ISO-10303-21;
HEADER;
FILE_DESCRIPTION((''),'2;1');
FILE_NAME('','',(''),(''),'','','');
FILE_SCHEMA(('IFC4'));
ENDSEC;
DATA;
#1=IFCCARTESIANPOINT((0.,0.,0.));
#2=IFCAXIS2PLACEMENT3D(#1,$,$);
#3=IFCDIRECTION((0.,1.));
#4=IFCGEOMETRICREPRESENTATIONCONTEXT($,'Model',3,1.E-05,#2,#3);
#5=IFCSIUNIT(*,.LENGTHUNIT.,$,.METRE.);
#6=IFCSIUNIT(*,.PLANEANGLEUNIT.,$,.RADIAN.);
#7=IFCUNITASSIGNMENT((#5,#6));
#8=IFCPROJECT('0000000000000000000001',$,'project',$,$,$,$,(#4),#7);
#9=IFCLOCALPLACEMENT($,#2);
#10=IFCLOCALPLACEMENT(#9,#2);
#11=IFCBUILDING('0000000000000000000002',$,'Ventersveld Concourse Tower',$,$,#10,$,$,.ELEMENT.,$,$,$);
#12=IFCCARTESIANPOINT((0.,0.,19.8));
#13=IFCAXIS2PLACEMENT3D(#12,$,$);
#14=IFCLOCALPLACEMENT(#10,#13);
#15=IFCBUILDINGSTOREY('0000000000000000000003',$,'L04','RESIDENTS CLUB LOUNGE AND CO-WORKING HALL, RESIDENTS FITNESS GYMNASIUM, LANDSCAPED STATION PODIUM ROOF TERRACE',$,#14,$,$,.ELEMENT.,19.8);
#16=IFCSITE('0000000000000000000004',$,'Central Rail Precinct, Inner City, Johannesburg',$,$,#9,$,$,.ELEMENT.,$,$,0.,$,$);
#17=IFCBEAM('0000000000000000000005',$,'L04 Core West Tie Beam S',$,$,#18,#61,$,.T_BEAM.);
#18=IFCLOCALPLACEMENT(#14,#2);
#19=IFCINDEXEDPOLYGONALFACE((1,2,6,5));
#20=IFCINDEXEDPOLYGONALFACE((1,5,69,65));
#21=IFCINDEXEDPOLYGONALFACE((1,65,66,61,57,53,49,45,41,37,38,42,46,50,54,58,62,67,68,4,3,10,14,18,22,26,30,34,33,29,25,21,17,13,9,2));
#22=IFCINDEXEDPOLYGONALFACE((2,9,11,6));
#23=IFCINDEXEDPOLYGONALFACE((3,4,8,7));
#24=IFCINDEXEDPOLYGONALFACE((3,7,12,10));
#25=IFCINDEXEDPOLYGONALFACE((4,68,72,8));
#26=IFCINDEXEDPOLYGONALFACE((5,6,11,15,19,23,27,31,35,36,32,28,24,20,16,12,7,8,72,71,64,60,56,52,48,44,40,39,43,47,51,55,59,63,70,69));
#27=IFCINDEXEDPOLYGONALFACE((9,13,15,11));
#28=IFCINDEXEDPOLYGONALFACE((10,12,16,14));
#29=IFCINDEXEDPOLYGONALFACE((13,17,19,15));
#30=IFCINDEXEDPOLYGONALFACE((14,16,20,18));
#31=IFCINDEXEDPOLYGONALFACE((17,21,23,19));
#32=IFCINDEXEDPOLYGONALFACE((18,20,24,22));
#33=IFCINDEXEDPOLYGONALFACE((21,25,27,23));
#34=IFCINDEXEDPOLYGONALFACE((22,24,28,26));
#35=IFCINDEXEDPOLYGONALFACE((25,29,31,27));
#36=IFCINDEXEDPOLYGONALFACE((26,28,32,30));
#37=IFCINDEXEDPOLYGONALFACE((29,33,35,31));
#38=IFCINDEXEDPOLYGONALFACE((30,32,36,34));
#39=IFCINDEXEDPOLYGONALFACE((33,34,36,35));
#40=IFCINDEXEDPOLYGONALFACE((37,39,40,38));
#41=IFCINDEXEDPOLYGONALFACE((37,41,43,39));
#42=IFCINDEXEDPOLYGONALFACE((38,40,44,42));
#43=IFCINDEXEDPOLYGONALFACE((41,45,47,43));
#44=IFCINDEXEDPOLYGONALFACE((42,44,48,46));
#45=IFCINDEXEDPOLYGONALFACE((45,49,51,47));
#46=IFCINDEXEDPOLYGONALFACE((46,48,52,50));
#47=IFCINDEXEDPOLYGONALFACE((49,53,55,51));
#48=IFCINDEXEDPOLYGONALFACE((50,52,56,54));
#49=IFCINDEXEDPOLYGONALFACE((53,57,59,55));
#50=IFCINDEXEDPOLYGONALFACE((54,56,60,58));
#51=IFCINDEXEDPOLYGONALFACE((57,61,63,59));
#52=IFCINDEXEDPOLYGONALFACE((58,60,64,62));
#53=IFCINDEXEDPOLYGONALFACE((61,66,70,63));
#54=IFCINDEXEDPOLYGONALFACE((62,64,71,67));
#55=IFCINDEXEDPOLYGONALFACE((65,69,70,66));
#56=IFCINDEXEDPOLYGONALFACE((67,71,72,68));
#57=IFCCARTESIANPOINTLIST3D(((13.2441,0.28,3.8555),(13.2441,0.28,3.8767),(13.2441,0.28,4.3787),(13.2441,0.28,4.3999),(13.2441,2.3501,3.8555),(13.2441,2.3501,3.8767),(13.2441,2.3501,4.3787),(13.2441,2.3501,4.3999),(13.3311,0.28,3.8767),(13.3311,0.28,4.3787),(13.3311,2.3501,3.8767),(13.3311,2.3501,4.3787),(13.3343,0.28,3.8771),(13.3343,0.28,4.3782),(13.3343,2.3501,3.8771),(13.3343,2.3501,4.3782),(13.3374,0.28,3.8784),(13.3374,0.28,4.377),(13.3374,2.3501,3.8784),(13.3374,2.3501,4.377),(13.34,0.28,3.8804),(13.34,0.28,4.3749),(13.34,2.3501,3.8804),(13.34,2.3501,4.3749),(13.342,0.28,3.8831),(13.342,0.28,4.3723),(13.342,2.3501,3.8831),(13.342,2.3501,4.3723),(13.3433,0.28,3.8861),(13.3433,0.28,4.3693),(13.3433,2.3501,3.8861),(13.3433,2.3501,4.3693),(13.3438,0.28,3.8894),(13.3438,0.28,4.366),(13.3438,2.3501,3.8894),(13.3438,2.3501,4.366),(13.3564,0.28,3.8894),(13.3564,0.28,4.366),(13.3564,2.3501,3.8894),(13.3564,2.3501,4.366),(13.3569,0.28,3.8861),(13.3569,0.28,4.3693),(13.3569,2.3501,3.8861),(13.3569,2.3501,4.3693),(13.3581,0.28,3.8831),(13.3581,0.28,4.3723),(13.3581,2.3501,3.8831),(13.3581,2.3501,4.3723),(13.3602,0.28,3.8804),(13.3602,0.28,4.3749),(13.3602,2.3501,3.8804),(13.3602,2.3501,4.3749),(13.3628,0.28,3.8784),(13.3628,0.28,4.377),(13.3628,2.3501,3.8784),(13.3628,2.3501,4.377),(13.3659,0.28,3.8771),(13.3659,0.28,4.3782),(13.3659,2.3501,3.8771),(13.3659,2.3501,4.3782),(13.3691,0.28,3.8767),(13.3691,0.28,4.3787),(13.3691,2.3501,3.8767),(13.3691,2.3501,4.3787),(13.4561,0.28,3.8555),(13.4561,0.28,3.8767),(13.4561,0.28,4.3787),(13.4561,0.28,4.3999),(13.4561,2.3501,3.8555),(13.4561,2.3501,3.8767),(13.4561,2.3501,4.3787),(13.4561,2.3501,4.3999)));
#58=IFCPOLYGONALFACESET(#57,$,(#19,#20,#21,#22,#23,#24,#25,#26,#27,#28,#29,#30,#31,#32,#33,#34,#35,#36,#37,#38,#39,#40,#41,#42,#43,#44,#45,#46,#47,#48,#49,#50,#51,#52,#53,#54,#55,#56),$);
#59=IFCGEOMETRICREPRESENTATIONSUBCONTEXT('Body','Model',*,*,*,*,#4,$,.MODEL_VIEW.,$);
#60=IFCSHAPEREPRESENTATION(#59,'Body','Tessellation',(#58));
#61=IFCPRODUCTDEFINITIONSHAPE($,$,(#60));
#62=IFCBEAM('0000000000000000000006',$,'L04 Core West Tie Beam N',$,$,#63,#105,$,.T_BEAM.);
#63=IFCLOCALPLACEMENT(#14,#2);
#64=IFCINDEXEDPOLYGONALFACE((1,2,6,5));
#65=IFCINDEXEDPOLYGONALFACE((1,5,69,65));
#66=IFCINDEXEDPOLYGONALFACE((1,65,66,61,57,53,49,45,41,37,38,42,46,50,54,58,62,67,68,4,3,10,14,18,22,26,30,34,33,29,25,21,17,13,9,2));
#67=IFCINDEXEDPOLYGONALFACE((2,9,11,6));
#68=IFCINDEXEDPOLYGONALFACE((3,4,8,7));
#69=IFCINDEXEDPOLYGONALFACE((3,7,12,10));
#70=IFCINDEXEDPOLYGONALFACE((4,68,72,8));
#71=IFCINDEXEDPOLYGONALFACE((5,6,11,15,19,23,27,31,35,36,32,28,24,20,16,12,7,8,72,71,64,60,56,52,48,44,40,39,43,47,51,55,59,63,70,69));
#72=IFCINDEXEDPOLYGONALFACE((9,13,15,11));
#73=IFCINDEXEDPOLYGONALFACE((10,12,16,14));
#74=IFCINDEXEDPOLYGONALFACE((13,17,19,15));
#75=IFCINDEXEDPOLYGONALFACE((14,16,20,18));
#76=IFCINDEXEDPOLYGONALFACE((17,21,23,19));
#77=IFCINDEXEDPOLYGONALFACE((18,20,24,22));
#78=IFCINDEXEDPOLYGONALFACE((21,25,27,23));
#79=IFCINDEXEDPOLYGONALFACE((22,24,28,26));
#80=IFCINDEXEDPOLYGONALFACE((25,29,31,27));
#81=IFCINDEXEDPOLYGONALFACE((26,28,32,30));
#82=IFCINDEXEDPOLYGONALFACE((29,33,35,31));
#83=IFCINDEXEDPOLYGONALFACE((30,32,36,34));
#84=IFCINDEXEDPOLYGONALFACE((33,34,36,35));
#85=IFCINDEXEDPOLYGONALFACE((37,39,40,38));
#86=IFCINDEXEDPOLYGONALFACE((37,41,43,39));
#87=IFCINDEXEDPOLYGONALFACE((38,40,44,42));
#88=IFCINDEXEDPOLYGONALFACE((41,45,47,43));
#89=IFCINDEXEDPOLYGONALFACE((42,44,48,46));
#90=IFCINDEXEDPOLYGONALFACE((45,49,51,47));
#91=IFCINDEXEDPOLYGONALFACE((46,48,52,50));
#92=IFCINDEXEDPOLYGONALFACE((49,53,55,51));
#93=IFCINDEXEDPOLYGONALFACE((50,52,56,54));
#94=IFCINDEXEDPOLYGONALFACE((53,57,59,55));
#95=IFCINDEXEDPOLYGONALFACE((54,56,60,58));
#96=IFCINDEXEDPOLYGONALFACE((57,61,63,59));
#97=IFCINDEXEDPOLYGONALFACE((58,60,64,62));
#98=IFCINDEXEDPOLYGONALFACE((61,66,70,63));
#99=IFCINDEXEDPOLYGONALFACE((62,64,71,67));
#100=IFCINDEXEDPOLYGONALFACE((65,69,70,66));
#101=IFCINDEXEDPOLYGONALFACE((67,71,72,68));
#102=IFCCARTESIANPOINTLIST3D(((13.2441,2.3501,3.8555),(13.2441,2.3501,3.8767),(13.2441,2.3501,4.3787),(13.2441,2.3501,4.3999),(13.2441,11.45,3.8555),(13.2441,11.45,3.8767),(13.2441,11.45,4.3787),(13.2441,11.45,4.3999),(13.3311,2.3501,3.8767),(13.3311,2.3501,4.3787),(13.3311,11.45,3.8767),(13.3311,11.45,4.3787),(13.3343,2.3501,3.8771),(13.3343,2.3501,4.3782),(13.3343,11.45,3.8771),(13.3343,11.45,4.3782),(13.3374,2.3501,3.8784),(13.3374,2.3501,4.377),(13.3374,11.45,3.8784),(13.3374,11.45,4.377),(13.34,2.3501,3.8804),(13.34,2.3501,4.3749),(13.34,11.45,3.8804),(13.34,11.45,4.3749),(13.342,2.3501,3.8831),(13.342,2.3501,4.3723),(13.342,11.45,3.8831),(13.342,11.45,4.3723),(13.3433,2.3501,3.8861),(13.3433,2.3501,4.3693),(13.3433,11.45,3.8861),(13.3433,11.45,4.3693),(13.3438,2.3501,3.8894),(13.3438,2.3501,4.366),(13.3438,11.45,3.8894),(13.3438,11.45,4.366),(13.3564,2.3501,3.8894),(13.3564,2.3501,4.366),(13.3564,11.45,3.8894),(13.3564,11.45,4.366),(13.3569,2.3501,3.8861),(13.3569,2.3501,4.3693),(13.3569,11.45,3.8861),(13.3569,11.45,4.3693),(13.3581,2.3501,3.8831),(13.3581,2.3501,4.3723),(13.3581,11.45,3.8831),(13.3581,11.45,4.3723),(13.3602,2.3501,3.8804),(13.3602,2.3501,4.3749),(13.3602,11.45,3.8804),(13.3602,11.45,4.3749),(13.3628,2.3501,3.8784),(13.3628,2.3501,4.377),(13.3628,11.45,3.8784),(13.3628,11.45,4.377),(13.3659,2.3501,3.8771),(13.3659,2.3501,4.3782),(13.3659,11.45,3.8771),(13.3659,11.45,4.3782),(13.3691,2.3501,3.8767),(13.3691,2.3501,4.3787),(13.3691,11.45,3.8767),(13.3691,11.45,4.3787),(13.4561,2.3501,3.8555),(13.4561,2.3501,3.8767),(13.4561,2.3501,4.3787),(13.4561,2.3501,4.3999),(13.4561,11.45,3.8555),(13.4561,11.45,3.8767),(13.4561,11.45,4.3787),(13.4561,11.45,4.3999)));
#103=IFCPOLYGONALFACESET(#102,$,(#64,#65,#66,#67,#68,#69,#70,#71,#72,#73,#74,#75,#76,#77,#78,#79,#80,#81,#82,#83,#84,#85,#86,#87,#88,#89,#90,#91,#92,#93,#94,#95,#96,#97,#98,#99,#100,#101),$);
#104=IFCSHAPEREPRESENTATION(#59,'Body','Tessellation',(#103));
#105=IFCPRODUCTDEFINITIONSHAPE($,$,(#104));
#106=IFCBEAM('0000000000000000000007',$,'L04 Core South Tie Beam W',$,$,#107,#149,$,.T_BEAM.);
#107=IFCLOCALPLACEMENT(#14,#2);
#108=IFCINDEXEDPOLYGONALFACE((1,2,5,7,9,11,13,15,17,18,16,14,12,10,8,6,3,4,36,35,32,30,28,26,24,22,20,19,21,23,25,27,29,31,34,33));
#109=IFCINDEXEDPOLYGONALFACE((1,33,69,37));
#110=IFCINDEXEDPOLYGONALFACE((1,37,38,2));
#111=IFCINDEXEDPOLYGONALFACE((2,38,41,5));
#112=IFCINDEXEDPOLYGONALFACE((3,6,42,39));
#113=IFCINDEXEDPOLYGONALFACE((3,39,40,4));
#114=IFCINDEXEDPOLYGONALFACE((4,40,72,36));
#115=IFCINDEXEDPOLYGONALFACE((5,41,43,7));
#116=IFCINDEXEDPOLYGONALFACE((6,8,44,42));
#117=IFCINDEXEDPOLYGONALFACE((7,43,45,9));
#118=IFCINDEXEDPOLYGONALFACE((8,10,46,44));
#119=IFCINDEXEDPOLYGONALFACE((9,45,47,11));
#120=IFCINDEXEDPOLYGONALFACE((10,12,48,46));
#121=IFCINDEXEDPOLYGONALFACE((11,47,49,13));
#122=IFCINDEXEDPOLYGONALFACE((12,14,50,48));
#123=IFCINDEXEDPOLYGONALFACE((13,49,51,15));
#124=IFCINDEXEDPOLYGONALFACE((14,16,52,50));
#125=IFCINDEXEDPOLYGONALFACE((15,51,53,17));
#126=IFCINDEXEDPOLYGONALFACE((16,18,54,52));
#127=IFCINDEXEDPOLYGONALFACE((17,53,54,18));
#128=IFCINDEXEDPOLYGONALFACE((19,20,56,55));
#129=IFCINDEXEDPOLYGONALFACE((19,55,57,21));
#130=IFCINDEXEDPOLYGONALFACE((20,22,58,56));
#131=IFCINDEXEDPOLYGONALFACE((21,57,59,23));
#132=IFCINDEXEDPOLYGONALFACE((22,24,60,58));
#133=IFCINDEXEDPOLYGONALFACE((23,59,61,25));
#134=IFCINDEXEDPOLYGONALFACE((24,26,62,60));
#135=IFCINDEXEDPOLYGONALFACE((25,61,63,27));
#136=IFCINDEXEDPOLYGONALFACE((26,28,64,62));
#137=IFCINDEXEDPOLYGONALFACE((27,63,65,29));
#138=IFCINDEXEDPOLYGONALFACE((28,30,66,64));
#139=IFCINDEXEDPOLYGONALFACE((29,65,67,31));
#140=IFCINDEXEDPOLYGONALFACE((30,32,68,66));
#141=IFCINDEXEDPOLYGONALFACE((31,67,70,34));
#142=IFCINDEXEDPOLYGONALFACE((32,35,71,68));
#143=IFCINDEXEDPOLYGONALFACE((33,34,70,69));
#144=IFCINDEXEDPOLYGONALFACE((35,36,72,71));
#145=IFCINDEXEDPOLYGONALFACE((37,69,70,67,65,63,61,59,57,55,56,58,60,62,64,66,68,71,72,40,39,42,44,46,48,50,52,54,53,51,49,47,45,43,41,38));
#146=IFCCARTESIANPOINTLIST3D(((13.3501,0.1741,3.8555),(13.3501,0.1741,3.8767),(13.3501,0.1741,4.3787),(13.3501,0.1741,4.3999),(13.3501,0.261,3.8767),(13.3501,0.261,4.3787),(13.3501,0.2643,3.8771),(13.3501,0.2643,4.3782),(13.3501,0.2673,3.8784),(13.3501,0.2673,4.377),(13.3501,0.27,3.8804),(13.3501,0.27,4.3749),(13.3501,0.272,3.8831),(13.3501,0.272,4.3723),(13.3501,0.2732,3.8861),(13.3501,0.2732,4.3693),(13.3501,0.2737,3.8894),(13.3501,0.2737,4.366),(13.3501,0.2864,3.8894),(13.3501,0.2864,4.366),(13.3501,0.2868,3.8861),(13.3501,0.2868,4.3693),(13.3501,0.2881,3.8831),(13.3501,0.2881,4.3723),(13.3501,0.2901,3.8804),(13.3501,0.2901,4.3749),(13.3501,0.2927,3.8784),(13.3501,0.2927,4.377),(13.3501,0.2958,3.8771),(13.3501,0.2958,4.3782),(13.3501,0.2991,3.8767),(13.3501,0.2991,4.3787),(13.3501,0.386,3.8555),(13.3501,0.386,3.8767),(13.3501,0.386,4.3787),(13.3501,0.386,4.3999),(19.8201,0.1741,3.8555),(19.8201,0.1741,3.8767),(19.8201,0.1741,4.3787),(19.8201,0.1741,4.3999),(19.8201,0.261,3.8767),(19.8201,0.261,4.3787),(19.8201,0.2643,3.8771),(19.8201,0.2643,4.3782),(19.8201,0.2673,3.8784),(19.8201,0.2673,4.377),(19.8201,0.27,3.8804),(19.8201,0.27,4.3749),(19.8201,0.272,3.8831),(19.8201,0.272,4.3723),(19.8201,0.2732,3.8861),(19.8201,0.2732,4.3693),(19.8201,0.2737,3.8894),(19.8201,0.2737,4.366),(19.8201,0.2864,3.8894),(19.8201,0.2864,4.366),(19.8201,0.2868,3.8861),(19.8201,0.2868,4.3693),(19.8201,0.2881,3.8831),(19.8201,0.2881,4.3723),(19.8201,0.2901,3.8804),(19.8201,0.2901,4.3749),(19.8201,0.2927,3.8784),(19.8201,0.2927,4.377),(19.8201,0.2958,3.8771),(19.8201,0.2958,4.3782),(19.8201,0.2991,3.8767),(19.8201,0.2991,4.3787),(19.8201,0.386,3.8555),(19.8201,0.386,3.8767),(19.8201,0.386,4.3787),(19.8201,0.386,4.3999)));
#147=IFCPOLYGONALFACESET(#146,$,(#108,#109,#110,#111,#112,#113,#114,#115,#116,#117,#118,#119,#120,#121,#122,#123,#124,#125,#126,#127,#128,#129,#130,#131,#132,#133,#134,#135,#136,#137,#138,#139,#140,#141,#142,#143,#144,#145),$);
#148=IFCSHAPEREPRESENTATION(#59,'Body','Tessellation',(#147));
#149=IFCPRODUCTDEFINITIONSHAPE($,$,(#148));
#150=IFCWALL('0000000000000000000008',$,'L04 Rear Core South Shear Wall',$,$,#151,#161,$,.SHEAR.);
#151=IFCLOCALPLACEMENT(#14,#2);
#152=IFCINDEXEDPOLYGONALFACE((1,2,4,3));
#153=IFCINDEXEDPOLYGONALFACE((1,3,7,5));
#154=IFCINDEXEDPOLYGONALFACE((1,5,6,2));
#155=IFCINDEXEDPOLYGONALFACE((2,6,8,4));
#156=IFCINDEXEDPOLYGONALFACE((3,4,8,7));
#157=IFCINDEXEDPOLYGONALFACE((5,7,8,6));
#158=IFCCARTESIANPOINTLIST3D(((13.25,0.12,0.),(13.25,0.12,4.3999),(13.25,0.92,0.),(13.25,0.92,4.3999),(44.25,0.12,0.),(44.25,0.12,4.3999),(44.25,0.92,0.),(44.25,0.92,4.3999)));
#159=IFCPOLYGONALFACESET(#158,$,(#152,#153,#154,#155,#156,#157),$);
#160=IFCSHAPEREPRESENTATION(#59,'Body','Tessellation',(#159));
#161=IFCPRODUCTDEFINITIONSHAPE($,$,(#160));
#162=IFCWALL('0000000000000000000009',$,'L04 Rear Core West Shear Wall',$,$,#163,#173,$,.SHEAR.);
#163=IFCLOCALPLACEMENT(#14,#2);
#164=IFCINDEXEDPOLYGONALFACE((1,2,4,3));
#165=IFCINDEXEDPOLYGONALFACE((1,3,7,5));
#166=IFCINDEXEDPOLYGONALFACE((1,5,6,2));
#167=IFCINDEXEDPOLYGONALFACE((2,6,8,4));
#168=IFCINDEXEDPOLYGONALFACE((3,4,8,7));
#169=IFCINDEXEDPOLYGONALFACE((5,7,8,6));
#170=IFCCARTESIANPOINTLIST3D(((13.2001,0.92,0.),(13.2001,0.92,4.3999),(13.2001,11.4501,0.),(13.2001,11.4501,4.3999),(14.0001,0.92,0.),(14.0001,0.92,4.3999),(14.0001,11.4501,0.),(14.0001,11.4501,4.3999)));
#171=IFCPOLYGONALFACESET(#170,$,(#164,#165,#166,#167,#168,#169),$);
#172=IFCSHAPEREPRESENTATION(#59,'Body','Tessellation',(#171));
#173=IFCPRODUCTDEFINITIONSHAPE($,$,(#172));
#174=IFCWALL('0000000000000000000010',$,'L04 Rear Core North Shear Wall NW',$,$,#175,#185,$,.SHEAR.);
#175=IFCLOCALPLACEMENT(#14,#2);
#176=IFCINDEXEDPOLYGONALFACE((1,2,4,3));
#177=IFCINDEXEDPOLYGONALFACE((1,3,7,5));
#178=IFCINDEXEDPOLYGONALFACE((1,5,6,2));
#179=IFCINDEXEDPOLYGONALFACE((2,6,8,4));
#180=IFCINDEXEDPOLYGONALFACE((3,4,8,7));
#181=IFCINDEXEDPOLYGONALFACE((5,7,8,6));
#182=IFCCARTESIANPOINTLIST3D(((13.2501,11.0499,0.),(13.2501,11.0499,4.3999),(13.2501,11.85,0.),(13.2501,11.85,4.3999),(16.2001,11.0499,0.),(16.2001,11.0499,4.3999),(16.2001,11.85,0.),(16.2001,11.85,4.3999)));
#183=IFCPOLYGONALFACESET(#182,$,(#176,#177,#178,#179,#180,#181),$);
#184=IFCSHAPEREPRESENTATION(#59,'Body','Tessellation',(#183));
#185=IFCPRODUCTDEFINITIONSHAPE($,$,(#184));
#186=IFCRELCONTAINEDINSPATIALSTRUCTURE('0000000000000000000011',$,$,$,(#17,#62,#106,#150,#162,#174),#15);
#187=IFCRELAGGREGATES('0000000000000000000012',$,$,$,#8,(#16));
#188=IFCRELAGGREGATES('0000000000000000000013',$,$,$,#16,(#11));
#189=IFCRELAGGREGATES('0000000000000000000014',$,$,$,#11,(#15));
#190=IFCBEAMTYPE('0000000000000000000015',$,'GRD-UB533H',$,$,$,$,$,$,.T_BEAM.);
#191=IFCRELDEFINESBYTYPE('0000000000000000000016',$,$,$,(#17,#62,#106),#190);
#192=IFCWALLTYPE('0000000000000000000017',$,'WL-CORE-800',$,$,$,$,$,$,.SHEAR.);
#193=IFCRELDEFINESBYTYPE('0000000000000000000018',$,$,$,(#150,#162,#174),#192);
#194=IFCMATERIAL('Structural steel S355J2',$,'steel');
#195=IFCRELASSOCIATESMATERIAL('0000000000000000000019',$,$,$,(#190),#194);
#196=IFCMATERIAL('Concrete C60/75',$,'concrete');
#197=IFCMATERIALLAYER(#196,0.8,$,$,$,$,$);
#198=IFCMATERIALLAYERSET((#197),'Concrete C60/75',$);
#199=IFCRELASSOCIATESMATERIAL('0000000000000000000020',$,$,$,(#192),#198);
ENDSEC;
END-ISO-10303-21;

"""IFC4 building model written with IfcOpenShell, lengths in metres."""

from ifc_helpers import new_model, si_unit, direction, frame, frame_2d, origin, origin_2d, place, context, subcontext, project, spatial, rectangle, i_section, extrude, material, layer, layer_set, material_profile, profile_set, type_object, element, save


model = new_model("IFC4")

# Units and contexts
model_context = context("Model", 3, precision=1e-05, world=origin(), true_north=direction((0.0, 1.0)))
body_context = subcontext(model_context, "Body", "Model", "MODEL_VIEW")
ifc_project = project(units=[si_unit("LENGTHUNIT", "METRE"), si_unit("PLANEANGLEUNIT", "RADIAN")], contexts=[model_context])

# Site, building, storey
site_placement = place(None, origin())
site = spatial("IfcSite", under=ifc_project, at=site_placement, Name="Central Rail Precinct, Inner City, Johannesburg", CompositionType="ELEMENT", RefElevation=0.0)
building_placement = place(site_placement, origin())
building = spatial("IfcBuilding", under=site, at=building_placement, Name="Ventersveld Concourse Tower", CompositionType="ELEMENT")
storey_placement = place(building_placement, frame((0.0, 0.0, 19.8)))
storey = spatial("IfcBuildingStorey", under=building, at=storey_placement, Name="L04", Description="RESIDENTS CLUB LOUNGE AND CO-WORKING HALL, RESIDENTS FITNESS GYMNASIUM, LANDSCAPED STATION PODIUM ROOF TERRACE", CompositionType="ELEMENT", Elevation=19.8)

# Shared definitions
ifc_material_1 = material(Name="Concrete C60/75", Category="concrete")

# Beams
ifc_material_2 = material(Name="Structural steel S355J2", Category="steel")
ifc_material_profile_1 = material_profile(ifc_material_2, i_section(OverallWidth=0.2119, OverallDepth=0.5444, WebThickness=0.0127, FlangeThickness=0.0212, FilletRadius=0.0127, at=origin_2d()), Name="UB 533x210x122")
ifc_profile_set_1 = profile_set([ifc_material_profile_1], Name="Structural steel S355J2")
beam_type_1 = type_object("IfcBeamType", Name="GRD-UB533H", PredefinedType="T_BEAM", material=ifc_profile_set_1)
beam_1_placement = place(storey_placement, frame((13.3501, 0.28, 4.1277), z_axis=(0.0, 1.0, 0.0), x_axis=(-1.0, 0.0, 0.0)))
element("IfcBeam", 1, at=beam_1_placement, inside=storey, type_object=beam_type_1, Name="L04 Core West Tie Beam S", PredefinedType="T_BEAM", context=body_context, shape_type="SweptSolid", body=[
    extrude(i_section(OverallWidth=0.2119, OverallDepth=0.5444, WebThickness=0.0127, FlangeThickness=0.0212, FilletRadius=0.0127, at=origin_2d()), origin(), (0.0, 0.0, 1.0), 2.0701),
])
beam_2_placement = place(storey_placement, frame((13.3501, 2.3501, 4.1277), z_axis=(0.0, 1.0, 0.0), x_axis=(-1.0, 0.0, 0.0)))
element("IfcBeam", 2, at=beam_2_placement, inside=storey, type_object=beam_type_1, Name="L04 Core West Tie Beam N", PredefinedType="T_BEAM", context=body_context, shape_type="SweptSolid", body=[
    extrude(i_section(OverallWidth=0.2119, OverallDepth=0.5444, WebThickness=0.0127, FlangeThickness=0.0212, FilletRadius=0.0127, at=origin_2d()), origin(), (0.0, 0.0, 1.0), 9.0999),
])
beam_3_placement = place(storey_placement, frame((13.3501, 0.28, 4.1277), z_axis=(1.0, 0.0, 0.0), x_axis=(0.0, 1.0, 0.0)))
element("IfcBeam", 3, at=beam_3_placement, inside=storey, type_object=beam_type_1, Name="L04 Core South Tie Beam W", PredefinedType="T_BEAM", context=body_context, shape_type="SweptSolid", body=[
    extrude(i_section(OverallWidth=0.2119, OverallDepth=0.5444, WebThickness=0.0127, FlangeThickness=0.0212, FilletRadius=0.0127, at=origin_2d()), origin(), (0.0, 0.0, 1.0), 6.47),
])

# Walls
ifc_layer_1 = layer(ifc_material_1, 0.8)
ifc_layer_set_1 = layer_set([ifc_layer_1], Name="Concrete C60/75")
wall_type_1 = type_object("IfcWallType", Name="WL-CORE-800", PredefinedType="SHEAR", material=ifc_layer_set_1)
wall_1_placement = place(storey_placement, frame((13.25, 0.52, 0.0), z_axis=(0.0, 0.0, 1.0), x_axis=(1.0, 0.0, 0.0)))
element("IfcWall", 4, at=wall_1_placement, inside=storey, type_object=wall_type_1, Name="L04 Rear Core South Shear Wall", PredefinedType="SHEAR", context=body_context, shape_type="SweptSolid", body=[
    extrude(rectangle(XDim=31.0, YDim=0.8, at=frame_2d((15.5, 0.0))), origin(), (0.0, 0.0, 1.0), 4.3999),
])
wall_2_placement = place(storey_placement, frame((13.6001, 0.9199, 0.0), z_axis=(0.0, 0.0, 1.0), x_axis=(0.0, 1.0, 0.0)))
element("IfcWall", 5, at=wall_2_placement, inside=storey, type_object=wall_type_1, Name="L04 Rear Core West Shear Wall", PredefinedType="SHEAR", context=body_context, shape_type="SweptSolid", body=[
    extrude(rectangle(XDim=10.53, YDim=0.8, at=frame_2d((5.2651, 0.0))), origin(), (0.0, 0.0, 1.0), 4.3999),
])
wall_3_placement = place(storey_placement, frame((13.25, 11.45, 0.0), z_axis=(0.0, 0.0, 1.0), x_axis=(1.0, 0.0, 0.0)))
element("IfcWall", 6, at=wall_3_placement, inside=storey, type_object=wall_type_1, Name="L04 Rear Core North Shear Wall NW", PredefinedType="SHEAR", context=body_context, shape_type="SweptSolid", body=[
    extrude(rectangle(XDim=2.95, YDim=0.8, at=frame_2d((1.4751, 0.0))), origin(), (0.0, 0.0, 1.0), 4.3999),
])

save(model, "model.ifc")
